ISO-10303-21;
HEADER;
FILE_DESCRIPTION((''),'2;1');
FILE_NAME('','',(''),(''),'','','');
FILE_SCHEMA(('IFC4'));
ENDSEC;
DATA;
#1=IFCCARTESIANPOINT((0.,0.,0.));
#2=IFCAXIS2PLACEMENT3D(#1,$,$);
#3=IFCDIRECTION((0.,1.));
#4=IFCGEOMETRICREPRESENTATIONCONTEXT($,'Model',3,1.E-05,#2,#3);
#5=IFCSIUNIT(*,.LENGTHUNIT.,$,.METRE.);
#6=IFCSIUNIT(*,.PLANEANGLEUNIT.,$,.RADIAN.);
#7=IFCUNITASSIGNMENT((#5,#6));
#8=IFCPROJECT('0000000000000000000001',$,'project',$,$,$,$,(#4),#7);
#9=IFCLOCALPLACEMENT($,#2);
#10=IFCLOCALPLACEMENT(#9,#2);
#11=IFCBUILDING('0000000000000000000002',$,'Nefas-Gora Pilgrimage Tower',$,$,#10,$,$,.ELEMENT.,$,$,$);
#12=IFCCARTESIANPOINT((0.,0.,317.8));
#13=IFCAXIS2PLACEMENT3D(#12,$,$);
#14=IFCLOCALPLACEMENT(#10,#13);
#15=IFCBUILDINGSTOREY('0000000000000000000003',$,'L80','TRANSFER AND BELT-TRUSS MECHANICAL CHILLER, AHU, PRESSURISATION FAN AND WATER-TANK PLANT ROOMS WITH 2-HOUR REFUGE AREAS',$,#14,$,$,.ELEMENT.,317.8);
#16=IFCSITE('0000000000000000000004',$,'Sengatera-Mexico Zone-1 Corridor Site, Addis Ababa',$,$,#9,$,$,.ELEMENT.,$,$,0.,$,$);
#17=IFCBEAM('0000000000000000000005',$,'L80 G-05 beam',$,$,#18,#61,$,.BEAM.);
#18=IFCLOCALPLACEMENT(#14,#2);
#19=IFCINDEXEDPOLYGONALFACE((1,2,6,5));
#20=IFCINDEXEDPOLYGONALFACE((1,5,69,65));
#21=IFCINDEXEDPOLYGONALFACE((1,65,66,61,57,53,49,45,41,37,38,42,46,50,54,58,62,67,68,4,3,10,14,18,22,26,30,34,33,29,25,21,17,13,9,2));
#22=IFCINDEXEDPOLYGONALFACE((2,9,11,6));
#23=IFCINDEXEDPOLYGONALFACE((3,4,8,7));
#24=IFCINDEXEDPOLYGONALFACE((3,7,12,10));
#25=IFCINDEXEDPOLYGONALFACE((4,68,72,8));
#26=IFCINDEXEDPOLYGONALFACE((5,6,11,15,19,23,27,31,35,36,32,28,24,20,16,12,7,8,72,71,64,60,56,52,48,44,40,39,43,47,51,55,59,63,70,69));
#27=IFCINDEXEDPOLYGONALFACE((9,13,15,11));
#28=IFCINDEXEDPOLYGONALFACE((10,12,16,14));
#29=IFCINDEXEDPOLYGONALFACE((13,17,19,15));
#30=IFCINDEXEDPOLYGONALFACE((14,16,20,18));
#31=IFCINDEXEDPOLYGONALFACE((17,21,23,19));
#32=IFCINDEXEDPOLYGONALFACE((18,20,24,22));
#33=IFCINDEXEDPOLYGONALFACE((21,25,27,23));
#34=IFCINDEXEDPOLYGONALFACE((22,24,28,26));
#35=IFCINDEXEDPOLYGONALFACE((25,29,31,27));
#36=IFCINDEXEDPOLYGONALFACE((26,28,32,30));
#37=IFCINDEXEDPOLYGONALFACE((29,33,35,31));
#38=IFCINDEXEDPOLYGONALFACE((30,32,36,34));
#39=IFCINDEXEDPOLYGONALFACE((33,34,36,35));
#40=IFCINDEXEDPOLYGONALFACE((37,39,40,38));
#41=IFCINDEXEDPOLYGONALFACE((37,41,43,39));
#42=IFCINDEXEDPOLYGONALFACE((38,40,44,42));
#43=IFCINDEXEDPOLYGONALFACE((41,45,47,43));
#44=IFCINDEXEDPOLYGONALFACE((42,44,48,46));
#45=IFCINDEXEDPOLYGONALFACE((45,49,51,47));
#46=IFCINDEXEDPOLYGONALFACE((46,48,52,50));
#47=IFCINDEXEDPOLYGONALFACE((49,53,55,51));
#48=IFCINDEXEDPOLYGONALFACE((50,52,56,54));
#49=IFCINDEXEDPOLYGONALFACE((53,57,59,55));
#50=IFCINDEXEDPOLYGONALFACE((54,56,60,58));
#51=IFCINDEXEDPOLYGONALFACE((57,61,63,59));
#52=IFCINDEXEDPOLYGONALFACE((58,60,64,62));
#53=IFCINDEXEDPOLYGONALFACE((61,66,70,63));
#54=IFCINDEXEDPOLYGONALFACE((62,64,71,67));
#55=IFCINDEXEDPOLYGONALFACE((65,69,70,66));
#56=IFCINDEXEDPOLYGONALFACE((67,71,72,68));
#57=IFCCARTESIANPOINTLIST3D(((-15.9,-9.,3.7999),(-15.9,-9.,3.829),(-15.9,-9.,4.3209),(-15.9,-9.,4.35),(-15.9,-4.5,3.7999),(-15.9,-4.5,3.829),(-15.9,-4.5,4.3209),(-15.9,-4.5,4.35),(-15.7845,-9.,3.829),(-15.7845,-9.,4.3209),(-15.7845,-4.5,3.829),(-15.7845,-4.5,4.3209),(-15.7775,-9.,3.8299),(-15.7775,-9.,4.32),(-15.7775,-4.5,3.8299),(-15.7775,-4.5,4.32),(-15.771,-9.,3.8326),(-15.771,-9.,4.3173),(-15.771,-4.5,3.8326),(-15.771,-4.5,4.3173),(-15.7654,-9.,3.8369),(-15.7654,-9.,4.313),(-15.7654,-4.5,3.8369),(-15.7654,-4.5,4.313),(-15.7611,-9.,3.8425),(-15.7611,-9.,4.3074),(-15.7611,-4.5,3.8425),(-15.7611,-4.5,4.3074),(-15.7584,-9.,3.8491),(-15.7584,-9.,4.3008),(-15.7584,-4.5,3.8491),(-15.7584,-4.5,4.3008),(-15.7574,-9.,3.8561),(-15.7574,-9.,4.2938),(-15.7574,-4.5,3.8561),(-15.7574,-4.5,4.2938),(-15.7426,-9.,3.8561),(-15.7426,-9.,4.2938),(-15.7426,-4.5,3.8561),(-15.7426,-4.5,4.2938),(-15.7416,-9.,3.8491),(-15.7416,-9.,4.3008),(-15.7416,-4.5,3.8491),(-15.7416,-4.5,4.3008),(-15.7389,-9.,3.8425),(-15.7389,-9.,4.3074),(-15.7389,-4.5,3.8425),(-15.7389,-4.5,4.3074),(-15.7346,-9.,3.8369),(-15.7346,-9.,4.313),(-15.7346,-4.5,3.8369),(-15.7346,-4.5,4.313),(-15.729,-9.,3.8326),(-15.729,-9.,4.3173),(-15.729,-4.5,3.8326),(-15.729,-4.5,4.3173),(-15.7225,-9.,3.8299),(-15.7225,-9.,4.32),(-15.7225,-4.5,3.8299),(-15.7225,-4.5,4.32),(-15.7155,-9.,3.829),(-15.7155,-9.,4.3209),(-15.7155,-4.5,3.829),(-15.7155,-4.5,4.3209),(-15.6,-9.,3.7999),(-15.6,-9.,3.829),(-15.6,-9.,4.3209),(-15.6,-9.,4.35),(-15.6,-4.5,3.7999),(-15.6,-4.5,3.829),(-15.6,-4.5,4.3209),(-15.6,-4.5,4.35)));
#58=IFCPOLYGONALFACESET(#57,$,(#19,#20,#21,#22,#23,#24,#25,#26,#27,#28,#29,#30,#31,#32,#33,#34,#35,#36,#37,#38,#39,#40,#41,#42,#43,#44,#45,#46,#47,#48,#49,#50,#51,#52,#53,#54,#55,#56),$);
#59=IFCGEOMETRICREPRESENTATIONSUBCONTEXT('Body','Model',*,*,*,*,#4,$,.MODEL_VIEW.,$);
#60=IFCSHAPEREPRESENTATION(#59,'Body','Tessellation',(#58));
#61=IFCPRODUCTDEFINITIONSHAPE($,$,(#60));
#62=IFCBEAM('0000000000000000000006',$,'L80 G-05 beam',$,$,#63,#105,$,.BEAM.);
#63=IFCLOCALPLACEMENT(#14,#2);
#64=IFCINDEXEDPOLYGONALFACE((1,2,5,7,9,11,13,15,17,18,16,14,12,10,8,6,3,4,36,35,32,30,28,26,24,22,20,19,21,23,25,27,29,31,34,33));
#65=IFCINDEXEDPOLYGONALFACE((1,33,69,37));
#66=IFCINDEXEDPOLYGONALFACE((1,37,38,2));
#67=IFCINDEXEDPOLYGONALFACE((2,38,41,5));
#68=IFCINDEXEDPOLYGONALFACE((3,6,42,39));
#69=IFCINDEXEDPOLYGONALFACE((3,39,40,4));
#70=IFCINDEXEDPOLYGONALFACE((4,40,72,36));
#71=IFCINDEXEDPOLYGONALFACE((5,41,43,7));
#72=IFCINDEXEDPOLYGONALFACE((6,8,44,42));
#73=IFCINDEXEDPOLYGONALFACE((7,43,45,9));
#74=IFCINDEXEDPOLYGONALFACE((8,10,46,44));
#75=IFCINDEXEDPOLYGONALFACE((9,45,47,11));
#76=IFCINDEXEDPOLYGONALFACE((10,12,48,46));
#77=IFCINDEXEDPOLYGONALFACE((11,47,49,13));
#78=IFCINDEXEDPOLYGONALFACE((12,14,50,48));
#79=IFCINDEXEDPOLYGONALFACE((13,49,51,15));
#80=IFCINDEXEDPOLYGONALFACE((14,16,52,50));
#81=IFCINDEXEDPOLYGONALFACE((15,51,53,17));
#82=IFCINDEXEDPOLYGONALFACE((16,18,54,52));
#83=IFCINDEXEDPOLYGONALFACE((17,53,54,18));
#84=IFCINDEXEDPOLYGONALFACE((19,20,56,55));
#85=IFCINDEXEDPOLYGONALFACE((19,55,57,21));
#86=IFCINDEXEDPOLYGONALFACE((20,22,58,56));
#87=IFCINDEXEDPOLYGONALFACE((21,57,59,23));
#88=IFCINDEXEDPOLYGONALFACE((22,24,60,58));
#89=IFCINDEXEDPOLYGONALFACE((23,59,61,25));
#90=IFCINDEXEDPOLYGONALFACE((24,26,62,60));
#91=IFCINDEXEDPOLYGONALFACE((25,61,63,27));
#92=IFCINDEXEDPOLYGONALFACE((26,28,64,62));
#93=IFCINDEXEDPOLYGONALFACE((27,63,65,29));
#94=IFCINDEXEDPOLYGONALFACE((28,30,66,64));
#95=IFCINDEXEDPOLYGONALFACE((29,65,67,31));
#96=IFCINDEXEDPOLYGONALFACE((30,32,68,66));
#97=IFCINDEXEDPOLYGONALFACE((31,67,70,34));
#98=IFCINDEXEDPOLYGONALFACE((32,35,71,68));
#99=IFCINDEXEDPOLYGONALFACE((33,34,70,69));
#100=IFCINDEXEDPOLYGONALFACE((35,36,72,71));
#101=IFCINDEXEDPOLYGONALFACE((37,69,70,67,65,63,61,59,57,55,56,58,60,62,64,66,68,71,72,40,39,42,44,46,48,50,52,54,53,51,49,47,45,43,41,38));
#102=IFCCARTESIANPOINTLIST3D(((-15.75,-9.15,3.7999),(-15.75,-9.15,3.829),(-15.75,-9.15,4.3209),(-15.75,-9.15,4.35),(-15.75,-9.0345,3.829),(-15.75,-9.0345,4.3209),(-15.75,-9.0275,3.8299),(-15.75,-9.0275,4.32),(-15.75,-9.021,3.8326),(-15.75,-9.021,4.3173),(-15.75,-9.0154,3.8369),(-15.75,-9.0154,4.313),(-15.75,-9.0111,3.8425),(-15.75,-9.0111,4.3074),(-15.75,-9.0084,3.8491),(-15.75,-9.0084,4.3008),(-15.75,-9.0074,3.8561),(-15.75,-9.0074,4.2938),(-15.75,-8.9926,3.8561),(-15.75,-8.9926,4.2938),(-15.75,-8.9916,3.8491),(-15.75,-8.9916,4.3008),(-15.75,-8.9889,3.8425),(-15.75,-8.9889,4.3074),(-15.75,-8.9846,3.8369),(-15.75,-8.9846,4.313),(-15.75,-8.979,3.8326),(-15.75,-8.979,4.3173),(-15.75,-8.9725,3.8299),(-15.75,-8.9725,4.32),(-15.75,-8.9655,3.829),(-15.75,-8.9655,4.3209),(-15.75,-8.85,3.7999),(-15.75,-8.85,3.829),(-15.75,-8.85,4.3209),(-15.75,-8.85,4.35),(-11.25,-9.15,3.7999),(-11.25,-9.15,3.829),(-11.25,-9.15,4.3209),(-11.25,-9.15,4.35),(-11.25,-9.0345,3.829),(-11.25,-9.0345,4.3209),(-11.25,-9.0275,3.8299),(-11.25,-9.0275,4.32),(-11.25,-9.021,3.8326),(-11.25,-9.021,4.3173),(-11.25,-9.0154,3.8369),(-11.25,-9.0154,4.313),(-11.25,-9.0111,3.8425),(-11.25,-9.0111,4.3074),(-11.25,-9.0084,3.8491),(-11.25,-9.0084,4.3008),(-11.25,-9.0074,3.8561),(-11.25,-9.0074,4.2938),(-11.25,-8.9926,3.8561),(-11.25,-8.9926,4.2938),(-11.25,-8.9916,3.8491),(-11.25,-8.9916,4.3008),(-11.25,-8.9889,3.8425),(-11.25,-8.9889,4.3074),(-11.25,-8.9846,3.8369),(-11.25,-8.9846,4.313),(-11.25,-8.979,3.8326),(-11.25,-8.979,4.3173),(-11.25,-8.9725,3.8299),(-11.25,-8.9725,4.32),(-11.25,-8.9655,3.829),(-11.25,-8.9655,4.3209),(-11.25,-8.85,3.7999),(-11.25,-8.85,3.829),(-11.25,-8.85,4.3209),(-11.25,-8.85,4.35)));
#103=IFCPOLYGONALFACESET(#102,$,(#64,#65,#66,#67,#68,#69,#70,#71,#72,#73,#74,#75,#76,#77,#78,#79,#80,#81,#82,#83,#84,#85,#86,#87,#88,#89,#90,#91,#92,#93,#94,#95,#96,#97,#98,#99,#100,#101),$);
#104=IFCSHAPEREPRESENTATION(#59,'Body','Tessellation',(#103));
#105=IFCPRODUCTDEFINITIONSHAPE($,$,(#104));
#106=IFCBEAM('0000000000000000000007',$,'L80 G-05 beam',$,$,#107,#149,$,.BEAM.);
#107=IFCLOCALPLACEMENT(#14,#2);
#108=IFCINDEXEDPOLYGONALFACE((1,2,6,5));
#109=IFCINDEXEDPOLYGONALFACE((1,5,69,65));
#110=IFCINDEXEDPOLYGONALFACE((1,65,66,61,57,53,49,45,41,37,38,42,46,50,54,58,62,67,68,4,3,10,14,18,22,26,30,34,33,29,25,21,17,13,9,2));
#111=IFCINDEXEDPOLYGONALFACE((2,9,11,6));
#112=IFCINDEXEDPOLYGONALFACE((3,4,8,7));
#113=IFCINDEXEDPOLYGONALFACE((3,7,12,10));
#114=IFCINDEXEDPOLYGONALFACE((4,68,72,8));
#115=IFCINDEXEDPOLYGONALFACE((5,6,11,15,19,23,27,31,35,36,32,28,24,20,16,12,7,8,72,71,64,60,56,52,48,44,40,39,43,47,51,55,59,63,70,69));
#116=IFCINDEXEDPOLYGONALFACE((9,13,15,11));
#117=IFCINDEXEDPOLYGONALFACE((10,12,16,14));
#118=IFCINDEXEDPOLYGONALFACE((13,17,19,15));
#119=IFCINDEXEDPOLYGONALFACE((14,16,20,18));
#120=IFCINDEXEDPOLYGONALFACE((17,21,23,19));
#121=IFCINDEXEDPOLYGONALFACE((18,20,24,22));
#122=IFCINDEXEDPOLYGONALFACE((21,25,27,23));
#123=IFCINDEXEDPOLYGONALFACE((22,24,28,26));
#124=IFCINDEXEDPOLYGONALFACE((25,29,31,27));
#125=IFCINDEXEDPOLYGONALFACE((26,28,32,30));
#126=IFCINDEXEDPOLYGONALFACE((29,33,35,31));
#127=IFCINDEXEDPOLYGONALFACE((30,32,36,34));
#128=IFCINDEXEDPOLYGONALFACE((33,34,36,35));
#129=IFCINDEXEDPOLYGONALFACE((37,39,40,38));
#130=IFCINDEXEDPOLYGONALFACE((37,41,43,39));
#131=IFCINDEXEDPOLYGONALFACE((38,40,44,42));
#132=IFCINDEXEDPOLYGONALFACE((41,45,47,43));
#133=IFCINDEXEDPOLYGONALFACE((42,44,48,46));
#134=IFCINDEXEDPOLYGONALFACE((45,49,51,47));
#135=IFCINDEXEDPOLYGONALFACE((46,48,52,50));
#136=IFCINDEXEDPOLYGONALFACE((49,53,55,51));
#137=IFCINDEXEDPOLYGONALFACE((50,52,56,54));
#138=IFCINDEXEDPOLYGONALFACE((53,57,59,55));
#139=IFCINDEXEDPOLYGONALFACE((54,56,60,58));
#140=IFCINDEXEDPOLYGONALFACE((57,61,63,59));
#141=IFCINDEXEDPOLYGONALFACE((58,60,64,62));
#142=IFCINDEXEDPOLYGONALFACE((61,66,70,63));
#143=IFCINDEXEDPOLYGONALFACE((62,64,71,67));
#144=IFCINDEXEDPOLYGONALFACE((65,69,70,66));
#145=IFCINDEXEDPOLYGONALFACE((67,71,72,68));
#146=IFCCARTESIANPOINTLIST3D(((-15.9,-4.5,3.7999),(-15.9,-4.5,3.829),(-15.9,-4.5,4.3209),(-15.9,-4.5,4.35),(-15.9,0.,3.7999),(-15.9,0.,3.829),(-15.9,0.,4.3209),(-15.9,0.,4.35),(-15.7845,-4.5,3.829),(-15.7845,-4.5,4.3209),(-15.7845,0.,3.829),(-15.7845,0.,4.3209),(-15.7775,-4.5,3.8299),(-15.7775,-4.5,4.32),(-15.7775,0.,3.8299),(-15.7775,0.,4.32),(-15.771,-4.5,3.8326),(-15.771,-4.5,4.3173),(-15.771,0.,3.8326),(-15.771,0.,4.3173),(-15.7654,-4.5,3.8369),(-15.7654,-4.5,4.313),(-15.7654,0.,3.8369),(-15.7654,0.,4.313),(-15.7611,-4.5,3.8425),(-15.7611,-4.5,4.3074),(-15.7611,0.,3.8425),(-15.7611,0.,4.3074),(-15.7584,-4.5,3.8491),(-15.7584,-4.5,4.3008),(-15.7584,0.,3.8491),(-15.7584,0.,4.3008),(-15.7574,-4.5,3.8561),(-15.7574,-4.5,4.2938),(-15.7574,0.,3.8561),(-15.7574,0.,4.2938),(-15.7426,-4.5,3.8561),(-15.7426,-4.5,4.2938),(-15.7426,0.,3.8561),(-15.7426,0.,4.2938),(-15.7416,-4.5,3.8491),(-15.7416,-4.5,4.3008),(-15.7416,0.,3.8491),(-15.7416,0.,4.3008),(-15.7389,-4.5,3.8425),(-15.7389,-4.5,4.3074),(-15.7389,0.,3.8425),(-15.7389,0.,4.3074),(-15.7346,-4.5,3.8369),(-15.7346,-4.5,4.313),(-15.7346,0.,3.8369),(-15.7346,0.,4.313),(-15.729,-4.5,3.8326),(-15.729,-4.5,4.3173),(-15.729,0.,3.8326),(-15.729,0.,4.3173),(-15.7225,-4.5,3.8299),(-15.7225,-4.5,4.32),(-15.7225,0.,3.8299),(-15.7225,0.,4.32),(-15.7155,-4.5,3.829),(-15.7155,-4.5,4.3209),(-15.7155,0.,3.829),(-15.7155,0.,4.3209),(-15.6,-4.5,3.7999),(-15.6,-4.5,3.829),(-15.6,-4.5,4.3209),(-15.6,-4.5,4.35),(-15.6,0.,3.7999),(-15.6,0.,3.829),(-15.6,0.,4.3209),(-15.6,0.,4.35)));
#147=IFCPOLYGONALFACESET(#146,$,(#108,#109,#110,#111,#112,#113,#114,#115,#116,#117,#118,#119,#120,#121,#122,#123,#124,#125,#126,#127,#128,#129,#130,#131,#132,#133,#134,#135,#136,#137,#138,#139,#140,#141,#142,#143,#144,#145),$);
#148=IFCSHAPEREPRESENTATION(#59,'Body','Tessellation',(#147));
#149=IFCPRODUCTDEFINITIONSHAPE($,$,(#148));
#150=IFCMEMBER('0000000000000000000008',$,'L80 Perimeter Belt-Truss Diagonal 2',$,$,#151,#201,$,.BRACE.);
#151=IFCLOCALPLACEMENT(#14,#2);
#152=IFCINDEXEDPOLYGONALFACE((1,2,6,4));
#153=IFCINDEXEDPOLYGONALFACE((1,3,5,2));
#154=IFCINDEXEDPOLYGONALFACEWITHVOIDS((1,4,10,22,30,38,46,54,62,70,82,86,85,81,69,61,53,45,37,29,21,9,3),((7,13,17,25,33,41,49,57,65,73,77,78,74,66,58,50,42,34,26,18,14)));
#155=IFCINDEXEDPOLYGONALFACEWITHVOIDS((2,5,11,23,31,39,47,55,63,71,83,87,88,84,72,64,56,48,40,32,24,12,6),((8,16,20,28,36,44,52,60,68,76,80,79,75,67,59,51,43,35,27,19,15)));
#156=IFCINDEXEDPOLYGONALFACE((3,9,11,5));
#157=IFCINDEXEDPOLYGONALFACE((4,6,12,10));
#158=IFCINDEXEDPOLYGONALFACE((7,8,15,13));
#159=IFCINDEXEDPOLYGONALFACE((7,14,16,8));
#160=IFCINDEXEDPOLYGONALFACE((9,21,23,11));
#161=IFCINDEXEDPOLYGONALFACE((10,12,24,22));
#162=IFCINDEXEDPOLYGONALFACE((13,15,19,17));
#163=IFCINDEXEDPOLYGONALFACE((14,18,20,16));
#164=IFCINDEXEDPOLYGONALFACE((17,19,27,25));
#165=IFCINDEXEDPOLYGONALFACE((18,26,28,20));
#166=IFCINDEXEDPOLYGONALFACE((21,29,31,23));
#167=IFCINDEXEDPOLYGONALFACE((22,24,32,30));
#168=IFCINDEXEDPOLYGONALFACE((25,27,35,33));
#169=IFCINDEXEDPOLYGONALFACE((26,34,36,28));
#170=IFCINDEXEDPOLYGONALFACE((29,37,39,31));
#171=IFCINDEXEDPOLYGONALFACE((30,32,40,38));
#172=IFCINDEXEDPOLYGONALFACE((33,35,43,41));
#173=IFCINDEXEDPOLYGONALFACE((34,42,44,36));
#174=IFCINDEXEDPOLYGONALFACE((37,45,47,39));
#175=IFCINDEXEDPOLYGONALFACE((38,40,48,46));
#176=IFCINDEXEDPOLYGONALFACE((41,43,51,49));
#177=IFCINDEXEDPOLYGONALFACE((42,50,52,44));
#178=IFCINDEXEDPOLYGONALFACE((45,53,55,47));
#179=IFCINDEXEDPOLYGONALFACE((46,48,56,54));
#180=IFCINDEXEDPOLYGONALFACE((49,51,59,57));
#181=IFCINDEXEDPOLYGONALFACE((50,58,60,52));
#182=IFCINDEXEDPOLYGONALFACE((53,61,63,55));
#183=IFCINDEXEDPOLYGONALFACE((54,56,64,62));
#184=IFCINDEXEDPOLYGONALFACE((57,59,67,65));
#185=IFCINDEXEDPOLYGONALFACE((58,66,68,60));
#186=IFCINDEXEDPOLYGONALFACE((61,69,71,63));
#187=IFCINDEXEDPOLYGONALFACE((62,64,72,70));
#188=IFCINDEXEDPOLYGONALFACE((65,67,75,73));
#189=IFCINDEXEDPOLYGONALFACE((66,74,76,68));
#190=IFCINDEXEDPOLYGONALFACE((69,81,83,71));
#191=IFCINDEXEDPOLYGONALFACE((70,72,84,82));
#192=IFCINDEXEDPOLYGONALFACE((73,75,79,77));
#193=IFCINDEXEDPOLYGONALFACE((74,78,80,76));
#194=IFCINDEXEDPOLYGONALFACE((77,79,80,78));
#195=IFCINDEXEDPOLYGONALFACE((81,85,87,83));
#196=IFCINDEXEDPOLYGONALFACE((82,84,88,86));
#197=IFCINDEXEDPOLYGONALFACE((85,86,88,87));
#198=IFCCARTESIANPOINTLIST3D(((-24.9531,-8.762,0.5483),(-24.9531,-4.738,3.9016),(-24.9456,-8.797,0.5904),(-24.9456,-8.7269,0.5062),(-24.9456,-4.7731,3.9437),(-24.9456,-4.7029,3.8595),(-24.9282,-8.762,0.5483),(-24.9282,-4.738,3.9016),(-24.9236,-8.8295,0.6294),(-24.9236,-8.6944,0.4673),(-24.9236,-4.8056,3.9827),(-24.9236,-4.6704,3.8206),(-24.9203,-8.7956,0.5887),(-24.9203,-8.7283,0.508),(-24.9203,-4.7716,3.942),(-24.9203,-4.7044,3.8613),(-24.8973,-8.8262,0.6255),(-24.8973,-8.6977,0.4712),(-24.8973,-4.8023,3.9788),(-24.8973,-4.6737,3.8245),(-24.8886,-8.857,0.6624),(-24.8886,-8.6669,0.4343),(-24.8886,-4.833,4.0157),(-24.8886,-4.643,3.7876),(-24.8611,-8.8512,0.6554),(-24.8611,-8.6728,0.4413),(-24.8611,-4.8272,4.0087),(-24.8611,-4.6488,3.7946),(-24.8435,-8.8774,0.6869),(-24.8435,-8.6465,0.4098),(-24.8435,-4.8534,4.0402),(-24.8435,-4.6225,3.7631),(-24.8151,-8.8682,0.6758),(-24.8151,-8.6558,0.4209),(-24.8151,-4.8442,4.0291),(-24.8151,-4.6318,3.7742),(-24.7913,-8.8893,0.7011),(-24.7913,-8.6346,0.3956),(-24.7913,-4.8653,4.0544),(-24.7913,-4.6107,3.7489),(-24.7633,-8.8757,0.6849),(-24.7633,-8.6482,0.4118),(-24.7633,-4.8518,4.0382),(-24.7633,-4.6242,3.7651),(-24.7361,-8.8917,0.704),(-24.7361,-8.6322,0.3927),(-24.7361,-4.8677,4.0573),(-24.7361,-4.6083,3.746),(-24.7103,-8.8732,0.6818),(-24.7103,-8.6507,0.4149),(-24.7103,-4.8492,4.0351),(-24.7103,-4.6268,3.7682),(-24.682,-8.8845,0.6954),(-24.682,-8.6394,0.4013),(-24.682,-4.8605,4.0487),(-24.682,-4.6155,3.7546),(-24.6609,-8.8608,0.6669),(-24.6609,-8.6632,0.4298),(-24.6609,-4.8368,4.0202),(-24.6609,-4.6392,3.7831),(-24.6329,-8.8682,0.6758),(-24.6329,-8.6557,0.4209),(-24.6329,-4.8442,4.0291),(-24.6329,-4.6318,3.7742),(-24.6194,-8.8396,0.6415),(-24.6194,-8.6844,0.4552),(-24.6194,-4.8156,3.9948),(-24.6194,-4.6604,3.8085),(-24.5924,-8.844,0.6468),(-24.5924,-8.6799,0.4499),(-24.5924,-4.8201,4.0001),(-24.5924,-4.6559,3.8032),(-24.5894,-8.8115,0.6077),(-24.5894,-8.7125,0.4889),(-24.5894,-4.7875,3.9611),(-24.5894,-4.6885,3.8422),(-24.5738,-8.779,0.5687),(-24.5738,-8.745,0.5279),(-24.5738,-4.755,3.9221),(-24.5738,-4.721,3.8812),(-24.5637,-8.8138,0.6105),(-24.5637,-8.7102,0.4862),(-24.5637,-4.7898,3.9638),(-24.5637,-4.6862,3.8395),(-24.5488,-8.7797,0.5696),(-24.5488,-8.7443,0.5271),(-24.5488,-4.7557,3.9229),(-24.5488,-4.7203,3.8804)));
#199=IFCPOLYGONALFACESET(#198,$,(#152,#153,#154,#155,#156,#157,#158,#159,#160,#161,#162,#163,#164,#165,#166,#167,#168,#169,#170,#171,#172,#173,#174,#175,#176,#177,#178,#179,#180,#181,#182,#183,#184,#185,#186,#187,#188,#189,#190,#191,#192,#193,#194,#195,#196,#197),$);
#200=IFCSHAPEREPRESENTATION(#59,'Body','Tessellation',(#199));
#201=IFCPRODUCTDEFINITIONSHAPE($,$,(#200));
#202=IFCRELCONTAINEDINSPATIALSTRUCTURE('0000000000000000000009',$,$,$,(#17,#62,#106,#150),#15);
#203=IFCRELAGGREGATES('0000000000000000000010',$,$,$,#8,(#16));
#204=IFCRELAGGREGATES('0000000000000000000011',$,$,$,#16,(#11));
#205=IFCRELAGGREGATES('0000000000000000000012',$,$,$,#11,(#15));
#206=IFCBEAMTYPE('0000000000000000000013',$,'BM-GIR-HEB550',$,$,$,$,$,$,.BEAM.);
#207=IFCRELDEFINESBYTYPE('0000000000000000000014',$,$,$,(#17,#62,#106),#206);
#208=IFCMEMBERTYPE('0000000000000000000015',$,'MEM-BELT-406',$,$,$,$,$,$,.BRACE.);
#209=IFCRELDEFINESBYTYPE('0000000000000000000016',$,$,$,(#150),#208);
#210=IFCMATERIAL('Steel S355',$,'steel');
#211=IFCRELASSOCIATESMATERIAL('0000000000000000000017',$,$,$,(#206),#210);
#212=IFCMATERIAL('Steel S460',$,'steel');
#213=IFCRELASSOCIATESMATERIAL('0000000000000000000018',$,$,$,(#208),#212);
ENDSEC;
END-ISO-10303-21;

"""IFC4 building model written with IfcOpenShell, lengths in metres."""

from ifc_helpers import new_model, si_unit, direction, frame, origin, origin_2d, place, context, subcontext, project, spatial, hollow_circle, i_section, extrude, source, transform, mapped, material, material_profile, profile_set, type_object, element, save


model = new_model("IFC4")

# Units and contexts
model_context = context("Model", 3, precision=1e-05, world=origin(), true_north=direction((0.0, 1.0)))
body_context = subcontext(model_context, "Body", "Model", "MODEL_VIEW")
ifc_project = project(units=[si_unit("LENGTHUNIT", "METRE"), si_unit("PLANEANGLEUNIT", "RADIAN")], contexts=[model_context])

# Site, building, storey
site_placement = place(None, origin())
site = spatial("IfcSite", under=ifc_project, at=site_placement, Name="Sengatera-Mexico Zone-1 Corridor Site, Addis Ababa", CompositionType="ELEMENT", RefElevation=0.0)
building_placement = place(site_placement, origin())
building = spatial("IfcBuilding", under=site, at=building_placement, Name="Nefas-Gora Pilgrimage Tower", CompositionType="ELEMENT")
storey_placement = place(building_placement, frame((0.0, 0.0, 317.8)))
storey = spatial("IfcBuildingStorey", under=building, at=storey_placement, Name="L80", Description="TRANSFER AND BELT-TRUSS MECHANICAL CHILLER, AHU, PRESSURISATION FAN AND WATER-TANK PLANT ROOMS WITH 2-HOUR REFUGE AREAS", CompositionType="ELEMENT", Elevation=317.8)

# Shared definitions
ifc_material_1 = material(Name="Steel S355", Category="steel")

# Beams
ifc_material_profile_1 = material_profile(ifc_material_1, i_section(OverallWidth=0.3, OverallDepth=0.55, WebThickness=0.0149, FlangeThickness=0.0291, FilletRadius=0.0271, at=origin_2d()), Name="HEB 550")
ifc_profile_set_1 = profile_set([ifc_material_profile_1], Name="Steel S355")
beam_type_1 = type_object("IfcBeamType", Name="BM-GIR-HEB550", PredefinedType="BEAM", material=ifc_profile_set_1)
shared_shape_1 = source(origin(), body_context, "Body", "SweptSolid", [
    extrude(i_section(OverallWidth=0.3, OverallDepth=0.55, WebThickness=0.0149, FlangeThickness=0.0291, FilletRadius=0.0271, at=origin_2d()), origin(), (0.0, 0.0, 1.0), 4.5),
])
for number, where, z_axis, x_axis, name in (
    (1, (-15.75, -9.0, 4.075), (0.0, 1.0, 0.0), (-1.0, 0.0, 0.0), "L80 G-05 beam"),
    (2, (-15.75, -9.0, 4.075), (1.0, 0.0, 0.0), (0.0, 1.0, 0.0), "L80 G-05 beam"),
    (3, (-15.75, -4.5, 4.075), (0.0, 1.0, 0.0), (-1.0, 0.0, 0.0), "L80 G-05 beam"),
):
    element("IfcBeam", number, at=place(storey_placement, frame(where, z_axis=z_axis, x_axis=x_axis)), inside=storey, type_object=beam_type_1, Name=name, PredefinedType="BEAM", context=body_context, shape_type="MappedRepresentation", body=[
        mapped(shared_shape_1, transform((0.0, 0.0, 0.0), x_axis=(1.0, 0.0, 0.0), y_axis=(0.0, 1.0, 0.0), z_axis=(0.0, 0.0, 1.0), scale=1.0)),
    ])

# Member
ifc_material_2 = material(Name="Steel S460", Category="steel")
ifc_material_profile_2 = material_profile(ifc_material_2, hollow_circle(Radius=0.2031, WallThickness=0.0249, at=origin_2d()), Name="CHS 406.4x25")
ifc_profile_set_2 = profile_set([ifc_material_profile_2], Name="Steel S460")
member_type_1 = type_object("IfcMemberType", Name="MEM-BELT-406", PredefinedType="BRACE", material=ifc_profile_set_2)
shared_shape_2 = source(origin(), body_context, "Body", "SweptSolid", [
    extrude(hollow_circle(Radius=0.2031, WallThickness=0.0249, at=origin_2d()), origin(), (0.0, 0.0, 1.0), 5.238),
])
member_1_placement = place(storey_placement, frame((-24.75, -8.762, 0.5483), z_axis=(0.0, 0.768221, 0.640184), x_axis=(-1.0, 0.0, 0.0)))
element("IfcMember", 4, at=member_1_placement, inside=storey, type_object=member_type_1, Name="L80 Perimeter Belt-Truss Diagonal 2", PredefinedType="BRACE", context=body_context, shape_type="MappedRepresentation", body=[
    mapped(shared_shape_2, transform((0.0, 0.0, 0.0), x_axis=(1.0, 0.0, 0.0), y_axis=(0.0, 1.0, 0.0), z_axis=(0.0, 0.0, 1.0), scale=1.0)),
])

save(model, "model.ifc")
